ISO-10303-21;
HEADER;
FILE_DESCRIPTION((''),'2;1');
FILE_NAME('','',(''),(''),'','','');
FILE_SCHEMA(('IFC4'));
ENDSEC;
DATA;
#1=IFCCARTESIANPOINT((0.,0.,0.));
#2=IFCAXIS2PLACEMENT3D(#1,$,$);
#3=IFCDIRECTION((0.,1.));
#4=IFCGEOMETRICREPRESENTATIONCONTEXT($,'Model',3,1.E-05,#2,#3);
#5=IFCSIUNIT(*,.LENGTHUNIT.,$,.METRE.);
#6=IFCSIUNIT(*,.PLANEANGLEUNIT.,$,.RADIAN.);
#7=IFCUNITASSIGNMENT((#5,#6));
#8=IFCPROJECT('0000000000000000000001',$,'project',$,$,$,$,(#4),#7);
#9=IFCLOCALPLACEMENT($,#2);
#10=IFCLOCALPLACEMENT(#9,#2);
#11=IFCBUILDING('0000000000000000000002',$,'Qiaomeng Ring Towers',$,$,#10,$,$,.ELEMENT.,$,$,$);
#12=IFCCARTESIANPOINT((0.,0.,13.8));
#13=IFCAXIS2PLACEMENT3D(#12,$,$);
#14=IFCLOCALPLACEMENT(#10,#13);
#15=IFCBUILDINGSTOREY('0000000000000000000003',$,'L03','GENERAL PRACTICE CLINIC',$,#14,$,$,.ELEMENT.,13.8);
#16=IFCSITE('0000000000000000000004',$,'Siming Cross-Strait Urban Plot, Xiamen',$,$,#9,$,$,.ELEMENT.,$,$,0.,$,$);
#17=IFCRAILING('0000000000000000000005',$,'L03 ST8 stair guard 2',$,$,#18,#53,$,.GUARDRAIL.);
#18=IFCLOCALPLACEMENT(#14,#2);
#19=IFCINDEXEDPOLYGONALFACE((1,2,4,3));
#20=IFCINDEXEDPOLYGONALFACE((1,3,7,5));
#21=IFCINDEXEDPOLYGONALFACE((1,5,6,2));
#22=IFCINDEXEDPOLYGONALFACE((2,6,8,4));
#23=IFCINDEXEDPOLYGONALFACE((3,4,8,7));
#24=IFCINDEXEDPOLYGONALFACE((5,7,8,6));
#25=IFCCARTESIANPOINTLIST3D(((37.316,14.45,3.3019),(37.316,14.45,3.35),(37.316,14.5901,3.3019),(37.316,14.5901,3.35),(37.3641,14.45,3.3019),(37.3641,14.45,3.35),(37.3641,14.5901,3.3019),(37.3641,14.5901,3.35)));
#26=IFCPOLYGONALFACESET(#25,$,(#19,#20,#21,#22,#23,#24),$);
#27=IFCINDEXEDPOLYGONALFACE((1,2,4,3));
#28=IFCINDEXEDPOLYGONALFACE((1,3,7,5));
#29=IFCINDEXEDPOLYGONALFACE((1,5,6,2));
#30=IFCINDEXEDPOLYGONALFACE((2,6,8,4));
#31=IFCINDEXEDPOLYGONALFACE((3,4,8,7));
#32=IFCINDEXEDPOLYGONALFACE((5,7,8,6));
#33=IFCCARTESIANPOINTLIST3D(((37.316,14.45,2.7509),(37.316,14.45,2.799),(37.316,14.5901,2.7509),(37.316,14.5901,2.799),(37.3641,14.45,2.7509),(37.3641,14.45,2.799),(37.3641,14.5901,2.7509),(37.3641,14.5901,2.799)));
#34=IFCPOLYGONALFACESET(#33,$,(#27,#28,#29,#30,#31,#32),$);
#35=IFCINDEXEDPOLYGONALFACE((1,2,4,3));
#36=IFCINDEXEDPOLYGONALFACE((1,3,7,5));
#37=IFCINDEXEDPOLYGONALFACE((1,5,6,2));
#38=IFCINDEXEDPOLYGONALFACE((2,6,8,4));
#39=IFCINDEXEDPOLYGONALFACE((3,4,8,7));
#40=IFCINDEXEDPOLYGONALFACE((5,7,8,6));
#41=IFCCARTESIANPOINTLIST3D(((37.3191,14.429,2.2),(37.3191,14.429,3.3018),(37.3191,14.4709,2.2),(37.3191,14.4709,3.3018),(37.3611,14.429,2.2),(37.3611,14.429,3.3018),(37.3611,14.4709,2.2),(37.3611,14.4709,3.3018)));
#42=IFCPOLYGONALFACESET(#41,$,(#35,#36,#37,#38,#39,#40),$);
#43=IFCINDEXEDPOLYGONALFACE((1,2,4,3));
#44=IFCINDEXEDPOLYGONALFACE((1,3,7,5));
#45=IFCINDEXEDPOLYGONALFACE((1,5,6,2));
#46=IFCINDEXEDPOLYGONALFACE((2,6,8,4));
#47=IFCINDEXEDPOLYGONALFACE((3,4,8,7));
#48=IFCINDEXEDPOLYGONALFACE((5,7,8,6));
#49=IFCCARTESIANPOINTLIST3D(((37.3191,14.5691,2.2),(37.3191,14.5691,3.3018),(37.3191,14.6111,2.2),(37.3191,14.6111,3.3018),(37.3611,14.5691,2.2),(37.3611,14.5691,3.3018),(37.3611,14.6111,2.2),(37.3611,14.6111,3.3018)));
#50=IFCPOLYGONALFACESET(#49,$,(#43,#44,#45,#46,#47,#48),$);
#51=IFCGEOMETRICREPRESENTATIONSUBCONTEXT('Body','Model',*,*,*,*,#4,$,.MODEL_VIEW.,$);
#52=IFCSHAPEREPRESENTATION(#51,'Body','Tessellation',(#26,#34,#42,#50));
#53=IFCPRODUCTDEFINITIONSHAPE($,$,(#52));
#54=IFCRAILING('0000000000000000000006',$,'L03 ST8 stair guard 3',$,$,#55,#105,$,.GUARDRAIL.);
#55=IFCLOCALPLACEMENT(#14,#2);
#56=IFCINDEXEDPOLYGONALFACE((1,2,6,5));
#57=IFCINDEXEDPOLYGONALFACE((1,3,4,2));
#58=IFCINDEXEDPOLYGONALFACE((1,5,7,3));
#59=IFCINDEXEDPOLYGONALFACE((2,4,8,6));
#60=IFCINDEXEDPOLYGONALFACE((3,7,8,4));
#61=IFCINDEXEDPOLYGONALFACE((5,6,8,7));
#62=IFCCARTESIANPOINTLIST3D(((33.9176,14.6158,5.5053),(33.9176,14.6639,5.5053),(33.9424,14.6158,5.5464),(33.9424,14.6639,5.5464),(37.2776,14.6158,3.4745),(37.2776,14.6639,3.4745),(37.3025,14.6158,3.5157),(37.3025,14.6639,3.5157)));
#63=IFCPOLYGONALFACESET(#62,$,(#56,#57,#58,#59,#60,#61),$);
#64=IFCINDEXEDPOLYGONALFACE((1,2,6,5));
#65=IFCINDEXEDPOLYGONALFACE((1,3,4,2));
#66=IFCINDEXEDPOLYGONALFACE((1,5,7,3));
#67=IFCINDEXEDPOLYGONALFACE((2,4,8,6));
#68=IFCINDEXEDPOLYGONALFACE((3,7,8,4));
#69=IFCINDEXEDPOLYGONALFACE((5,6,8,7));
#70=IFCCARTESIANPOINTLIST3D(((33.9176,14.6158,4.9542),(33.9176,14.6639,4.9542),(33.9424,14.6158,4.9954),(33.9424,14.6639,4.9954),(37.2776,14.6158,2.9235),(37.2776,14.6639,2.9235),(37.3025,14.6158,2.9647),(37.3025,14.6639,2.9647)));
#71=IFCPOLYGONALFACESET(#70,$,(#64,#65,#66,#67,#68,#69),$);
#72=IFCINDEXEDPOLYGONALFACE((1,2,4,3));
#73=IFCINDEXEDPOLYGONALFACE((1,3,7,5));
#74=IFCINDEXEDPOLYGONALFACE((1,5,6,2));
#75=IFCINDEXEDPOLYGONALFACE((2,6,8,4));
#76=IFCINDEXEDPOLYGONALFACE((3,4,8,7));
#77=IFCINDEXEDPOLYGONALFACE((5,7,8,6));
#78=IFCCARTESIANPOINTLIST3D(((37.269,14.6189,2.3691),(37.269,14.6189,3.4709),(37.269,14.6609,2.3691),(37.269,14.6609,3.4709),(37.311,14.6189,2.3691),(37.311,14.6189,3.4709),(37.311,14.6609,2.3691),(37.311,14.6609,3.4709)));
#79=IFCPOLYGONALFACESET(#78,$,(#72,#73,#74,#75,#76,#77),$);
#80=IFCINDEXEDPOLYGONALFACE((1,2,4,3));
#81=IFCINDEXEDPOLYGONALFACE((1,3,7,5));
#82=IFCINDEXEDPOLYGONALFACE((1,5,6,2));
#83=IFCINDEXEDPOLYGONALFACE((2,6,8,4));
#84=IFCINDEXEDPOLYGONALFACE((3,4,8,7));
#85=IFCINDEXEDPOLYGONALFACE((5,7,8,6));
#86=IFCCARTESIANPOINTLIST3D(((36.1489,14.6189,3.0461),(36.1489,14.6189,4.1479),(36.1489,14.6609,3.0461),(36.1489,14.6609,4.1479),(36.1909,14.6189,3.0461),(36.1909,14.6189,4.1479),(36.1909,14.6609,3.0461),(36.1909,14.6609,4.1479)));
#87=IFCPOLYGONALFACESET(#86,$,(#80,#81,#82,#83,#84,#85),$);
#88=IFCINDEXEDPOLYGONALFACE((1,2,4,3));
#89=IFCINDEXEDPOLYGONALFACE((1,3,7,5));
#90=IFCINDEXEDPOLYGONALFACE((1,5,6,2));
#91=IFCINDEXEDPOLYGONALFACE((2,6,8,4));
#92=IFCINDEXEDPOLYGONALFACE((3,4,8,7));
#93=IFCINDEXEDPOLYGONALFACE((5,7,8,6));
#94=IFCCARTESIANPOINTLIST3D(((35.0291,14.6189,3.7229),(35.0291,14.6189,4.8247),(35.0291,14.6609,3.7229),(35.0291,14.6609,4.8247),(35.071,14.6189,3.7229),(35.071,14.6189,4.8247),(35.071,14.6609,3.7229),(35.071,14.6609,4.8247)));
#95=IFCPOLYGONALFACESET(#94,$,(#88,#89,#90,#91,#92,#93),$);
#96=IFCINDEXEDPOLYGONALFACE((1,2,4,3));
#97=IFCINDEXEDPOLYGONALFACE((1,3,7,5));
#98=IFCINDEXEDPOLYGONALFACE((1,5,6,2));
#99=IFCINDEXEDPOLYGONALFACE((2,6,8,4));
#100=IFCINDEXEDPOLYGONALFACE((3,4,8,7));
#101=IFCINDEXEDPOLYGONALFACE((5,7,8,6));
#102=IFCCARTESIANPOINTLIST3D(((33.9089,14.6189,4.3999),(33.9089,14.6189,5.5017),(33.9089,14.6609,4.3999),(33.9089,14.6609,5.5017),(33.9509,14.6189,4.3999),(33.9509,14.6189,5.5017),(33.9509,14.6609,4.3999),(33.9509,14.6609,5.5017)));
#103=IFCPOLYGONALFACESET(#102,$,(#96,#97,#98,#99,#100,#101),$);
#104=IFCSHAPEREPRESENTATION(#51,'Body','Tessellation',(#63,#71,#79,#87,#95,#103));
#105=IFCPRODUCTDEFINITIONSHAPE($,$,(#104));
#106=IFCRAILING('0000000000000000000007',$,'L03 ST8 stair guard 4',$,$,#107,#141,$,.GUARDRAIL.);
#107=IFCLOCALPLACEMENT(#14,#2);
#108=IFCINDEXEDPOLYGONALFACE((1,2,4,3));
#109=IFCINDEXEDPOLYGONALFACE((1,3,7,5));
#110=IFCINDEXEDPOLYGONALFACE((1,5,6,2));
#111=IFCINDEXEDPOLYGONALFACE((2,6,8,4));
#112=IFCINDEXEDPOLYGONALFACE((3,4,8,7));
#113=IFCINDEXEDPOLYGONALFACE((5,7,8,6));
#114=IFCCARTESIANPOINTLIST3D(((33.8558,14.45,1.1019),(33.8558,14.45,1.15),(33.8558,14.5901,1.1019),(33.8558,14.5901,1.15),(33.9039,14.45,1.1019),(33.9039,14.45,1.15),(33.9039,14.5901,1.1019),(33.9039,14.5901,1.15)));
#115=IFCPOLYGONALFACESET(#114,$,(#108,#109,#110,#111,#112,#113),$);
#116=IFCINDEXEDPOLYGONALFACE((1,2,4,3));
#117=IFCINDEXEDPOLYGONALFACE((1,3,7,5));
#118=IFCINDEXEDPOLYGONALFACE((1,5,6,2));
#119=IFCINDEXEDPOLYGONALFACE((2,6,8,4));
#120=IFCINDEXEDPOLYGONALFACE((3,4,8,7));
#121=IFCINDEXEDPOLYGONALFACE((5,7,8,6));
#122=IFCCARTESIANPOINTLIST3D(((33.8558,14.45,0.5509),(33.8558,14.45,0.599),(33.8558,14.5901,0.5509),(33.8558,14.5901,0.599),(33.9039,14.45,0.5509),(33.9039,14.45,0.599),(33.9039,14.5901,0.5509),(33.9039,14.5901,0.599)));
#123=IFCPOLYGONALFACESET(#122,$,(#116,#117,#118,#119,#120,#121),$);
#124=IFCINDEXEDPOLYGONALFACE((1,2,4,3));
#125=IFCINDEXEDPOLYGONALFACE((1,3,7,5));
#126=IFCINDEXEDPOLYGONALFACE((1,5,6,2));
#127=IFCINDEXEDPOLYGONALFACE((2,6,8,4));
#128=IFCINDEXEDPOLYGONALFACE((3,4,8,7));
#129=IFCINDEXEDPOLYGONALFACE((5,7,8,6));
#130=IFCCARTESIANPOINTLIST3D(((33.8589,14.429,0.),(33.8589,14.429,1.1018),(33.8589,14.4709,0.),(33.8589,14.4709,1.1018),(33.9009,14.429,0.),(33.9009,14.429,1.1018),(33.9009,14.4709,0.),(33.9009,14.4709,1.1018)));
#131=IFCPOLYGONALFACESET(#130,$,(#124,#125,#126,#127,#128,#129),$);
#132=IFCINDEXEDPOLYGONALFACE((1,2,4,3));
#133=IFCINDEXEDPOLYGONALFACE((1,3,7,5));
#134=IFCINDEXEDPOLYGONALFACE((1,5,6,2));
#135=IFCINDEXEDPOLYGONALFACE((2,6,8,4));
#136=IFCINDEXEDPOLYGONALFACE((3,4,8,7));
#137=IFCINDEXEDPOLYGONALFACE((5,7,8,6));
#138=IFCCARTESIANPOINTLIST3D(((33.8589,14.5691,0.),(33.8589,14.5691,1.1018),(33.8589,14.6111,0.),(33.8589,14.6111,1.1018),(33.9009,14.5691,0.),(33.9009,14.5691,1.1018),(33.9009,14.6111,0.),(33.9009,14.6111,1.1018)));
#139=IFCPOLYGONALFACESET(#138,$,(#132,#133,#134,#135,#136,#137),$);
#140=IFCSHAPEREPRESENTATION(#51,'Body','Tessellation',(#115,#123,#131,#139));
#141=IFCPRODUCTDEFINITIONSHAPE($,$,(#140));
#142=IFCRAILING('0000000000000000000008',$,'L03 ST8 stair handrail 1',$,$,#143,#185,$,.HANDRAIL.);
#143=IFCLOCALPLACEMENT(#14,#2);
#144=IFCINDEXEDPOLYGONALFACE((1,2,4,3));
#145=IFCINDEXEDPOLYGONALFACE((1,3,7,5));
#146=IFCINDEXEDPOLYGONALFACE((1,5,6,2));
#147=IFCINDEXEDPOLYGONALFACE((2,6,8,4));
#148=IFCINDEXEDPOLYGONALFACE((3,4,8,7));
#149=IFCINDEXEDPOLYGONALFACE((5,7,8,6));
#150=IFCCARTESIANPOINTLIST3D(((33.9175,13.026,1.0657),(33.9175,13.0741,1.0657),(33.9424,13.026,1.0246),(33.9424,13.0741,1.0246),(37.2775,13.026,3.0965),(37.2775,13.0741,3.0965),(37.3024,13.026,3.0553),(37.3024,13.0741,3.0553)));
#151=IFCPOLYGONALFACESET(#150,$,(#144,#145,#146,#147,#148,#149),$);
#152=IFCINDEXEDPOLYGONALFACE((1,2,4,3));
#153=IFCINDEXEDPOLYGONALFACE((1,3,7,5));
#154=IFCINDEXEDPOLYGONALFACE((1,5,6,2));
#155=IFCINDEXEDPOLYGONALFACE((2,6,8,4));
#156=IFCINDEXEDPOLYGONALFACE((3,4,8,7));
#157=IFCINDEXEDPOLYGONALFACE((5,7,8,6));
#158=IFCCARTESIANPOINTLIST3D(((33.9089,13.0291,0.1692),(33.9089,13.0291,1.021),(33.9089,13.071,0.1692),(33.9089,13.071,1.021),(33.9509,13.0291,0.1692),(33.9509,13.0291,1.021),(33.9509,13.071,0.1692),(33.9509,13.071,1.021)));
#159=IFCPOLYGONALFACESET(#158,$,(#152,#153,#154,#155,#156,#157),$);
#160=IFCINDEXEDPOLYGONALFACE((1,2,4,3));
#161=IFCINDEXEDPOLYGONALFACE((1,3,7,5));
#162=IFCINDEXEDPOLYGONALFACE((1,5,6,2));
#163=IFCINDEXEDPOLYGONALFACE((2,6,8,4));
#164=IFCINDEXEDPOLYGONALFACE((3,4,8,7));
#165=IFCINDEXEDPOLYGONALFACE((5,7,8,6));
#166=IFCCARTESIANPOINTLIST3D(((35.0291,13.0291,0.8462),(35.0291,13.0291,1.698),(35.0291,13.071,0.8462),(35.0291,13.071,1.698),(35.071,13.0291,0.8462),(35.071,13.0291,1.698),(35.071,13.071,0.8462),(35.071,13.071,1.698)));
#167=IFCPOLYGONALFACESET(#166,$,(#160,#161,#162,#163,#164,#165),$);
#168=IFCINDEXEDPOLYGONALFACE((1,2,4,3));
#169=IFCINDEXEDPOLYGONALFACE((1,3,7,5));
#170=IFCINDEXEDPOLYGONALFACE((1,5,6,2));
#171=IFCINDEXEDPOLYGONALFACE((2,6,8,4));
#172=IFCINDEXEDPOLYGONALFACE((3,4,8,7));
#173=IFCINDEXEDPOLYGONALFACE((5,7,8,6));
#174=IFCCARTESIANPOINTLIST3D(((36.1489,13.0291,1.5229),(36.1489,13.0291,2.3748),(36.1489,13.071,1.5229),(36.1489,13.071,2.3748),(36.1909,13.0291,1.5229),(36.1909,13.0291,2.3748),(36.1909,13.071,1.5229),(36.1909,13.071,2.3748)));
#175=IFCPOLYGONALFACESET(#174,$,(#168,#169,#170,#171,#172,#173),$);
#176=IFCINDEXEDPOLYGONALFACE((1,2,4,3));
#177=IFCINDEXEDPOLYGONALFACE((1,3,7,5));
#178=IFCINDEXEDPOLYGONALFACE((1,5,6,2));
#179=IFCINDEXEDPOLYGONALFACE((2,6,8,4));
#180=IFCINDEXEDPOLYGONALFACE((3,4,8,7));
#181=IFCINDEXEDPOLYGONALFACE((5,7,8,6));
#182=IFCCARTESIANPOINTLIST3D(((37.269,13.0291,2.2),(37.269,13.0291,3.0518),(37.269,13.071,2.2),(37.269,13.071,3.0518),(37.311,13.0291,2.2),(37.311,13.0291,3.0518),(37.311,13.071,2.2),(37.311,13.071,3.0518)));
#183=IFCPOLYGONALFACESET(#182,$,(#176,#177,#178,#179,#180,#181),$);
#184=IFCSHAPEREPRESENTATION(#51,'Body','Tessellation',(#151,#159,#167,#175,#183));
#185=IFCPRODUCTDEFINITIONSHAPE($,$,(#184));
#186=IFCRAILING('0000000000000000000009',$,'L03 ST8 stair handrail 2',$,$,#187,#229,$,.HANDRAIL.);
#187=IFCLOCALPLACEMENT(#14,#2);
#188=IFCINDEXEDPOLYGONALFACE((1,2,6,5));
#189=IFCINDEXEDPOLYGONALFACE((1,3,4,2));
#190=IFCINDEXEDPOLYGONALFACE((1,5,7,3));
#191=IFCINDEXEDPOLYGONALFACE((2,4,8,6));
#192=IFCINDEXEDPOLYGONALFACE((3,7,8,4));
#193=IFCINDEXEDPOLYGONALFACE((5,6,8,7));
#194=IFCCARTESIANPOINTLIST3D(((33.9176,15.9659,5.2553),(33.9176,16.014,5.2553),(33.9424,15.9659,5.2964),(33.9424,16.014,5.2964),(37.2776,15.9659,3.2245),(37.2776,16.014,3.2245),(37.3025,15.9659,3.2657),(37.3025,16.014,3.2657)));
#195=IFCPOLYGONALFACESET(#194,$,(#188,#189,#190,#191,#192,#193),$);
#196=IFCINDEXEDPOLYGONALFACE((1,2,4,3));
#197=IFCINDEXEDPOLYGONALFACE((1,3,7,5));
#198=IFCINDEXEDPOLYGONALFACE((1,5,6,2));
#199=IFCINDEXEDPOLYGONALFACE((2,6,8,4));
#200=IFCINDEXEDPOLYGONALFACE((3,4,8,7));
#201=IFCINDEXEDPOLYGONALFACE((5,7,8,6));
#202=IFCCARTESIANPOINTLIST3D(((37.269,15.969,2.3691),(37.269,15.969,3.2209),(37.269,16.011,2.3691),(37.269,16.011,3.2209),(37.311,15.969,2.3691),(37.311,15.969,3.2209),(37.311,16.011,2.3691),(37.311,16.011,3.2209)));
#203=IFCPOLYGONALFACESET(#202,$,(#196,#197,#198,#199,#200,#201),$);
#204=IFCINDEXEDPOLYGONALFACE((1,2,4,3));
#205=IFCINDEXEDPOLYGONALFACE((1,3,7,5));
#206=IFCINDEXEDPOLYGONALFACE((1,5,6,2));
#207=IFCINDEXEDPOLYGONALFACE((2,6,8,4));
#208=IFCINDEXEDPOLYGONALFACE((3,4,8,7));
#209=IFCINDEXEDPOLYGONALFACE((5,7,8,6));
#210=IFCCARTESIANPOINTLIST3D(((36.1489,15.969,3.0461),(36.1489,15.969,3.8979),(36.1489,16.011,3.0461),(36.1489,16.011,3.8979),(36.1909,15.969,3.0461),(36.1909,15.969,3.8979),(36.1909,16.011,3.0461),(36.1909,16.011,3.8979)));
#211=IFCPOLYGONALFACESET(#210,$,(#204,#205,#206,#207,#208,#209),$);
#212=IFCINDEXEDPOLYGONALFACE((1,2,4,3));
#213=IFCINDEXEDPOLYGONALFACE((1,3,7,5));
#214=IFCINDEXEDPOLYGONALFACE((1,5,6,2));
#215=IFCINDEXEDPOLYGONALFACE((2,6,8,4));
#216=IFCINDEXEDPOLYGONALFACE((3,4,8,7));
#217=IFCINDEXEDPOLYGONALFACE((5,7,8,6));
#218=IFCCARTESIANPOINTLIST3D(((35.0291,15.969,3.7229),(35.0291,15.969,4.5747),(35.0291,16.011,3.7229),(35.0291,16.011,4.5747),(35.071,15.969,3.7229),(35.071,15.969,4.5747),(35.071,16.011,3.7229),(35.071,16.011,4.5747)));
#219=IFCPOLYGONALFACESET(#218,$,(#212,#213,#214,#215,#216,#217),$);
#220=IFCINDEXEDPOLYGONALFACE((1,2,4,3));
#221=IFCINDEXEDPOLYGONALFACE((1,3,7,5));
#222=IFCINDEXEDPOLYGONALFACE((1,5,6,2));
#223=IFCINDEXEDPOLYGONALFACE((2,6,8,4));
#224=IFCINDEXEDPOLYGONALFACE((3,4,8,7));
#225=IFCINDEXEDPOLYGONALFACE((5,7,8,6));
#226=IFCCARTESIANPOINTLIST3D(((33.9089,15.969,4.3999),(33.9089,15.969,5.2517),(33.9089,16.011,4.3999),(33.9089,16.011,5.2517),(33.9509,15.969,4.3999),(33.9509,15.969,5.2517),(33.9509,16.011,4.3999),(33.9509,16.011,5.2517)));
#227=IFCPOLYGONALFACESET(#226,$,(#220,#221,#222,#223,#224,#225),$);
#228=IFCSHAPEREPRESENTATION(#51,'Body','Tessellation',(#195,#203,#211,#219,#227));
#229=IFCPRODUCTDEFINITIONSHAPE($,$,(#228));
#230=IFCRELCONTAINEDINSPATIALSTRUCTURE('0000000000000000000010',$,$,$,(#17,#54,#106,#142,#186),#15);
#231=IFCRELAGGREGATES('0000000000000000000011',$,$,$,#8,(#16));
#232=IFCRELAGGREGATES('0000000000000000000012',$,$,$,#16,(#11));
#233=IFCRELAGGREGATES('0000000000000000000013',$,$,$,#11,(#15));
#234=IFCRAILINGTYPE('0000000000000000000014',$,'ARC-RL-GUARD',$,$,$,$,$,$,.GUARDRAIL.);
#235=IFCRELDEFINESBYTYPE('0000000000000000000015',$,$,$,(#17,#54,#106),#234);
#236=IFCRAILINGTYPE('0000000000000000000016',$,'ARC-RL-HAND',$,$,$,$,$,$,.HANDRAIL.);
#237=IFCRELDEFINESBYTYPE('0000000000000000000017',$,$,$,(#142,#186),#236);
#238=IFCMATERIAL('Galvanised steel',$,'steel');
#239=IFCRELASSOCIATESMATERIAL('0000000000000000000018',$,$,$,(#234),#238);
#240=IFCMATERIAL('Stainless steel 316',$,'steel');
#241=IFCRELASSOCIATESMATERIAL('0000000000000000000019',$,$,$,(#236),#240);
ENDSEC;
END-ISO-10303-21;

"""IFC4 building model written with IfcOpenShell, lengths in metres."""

from ifc_helpers import new_model, si_unit, direction, frame, origin, origin_2d, place, context, subcontext, project, spatial, rectangle, extrude, material, type_object, element, save


model = new_model("IFC4")

# Units and contexts
model_context = context("Model", 3, precision=1e-05, world=origin(), true_north=direction((0.0, 1.0)))
body_context = subcontext(model_context, "Body", "Model", "MODEL_VIEW")
ifc_project = project(units=[si_unit("LENGTHUNIT", "METRE"), si_unit("PLANEANGLEUNIT", "RADIAN")], contexts=[model_context])

# Site, building, storey
site_placement = place(None, origin())
site = spatial("IfcSite", under=ifc_project, at=site_placement, Name="Siming Cross-Strait Urban Plot, Xiamen", CompositionType="ELEMENT", RefElevation=0.0)
building_placement = place(site_placement, origin())
building = spatial("IfcBuilding", under=site, at=building_placement, Name="Qiaomeng Ring Towers", CompositionType="ELEMENT")
storey_placement = place(building_placement, frame((0.0, 0.0, 13.8)))
storey = spatial("IfcBuildingStorey", under=building, at=storey_placement, Name="L03", Description="GENERAL PRACTICE CLINIC", CompositionType="ELEMENT", Elevation=13.8)

# Shared definitions
ifc_material_1 = material(Name="Galvanised steel", Category="steel")

# Railings
railing_type_1 = type_object("IfcRailingType", Name="ARC-RL-GUARD", PredefinedType="GUARDRAIL", material=ifc_material_1)
railing_1_placement = place(storey_placement, frame((37.3401, 14.45, 2.2)))
element("IfcRailing", 1, at=railing_1_placement, inside=storey, type_object=railing_type_1, Name="L03 ST8 stair guard 2", PredefinedType="GUARDRAIL", context=body_context, shape_type="SweptSolid", body=[
    extrude(rectangle(XDim=0.0481, YDim=0.0481, at=origin_2d()), frame((0.0, 0.0, 1.126), z_axis=(0.0, 1.0, 0.0), x_axis=(-1.0, 0.0, 0.0)), (0.0, 0.0, 1.0), 0.1401),
    extrude(rectangle(XDim=0.0481, YDim=0.0481, at=origin_2d()), frame((0.0, 0.0, 0.575), z_axis=(0.0, 1.0, 0.0), x_axis=(-1.0, 0.0, 0.0)), (0.0, 0.0, 1.0), 0.1401),
    extrude(rectangle(XDim=0.042, YDim=0.042, at=origin_2d()), origin(), (0.0, 0.0, 1.0), 1.1018),
    extrude(rectangle(XDim=0.042, YDim=0.042, at=origin_2d()), frame((0.0, 0.1401, 0.0)), (0.0, 0.0, 1.0), 1.1018),
])
railing_2_placement = place(storey_placement, frame((37.29, 14.6399, 2.3691)))
element("IfcRailing", 2, at=railing_2_placement, inside=storey, type_object=railing_type_1, Name="L03 ST8 stair guard 3", PredefinedType="GUARDRAIL", context=body_context, shape_type="SweptSolid", body=[
    extrude(rectangle(XDim=0.0481, YDim=0.0481, at=origin_2d()), frame((0.0, 0.0, 1.126), z_axis=(-0.855837, 0.0, 0.517246), x_axis=(0.0, -1.0, 0.0)), (0.0, 0.0, 1.0), 3.926),
    extrude(rectangle(XDim=0.0481, YDim=0.0481, at=origin_2d()), frame((0.0, 0.0, 0.575), z_axis=(-0.855837, 0.0, 0.517246), x_axis=(0.0, -1.0, 0.0)), (0.0, 0.0, 1.0), 3.926),
    extrude(rectangle(XDim=0.042, YDim=0.042, at=origin_2d()), origin(), (0.0, 0.0, 1.0), 1.1018),
    extrude(rectangle(XDim=0.042, YDim=0.042, at=origin_2d()), frame((-1.1201, 0.0, 0.677)), (0.0, 0.0, 1.0), 1.1018),
    extrude(rectangle(XDim=0.042, YDim=0.042, at=origin_2d()), frame((-2.24, 0.0, 1.3538)), (0.0, 0.0, 1.0), 1.1018),
    extrude(rectangle(XDim=0.042, YDim=0.042, at=origin_2d()), frame((-3.3601, 0.0, 2.0308)), (0.0, 0.0, 1.0), 1.1018),
])
railing_3_placement = place(storey_placement, frame((33.8799, 14.45, 0.0)))
element("IfcRailing", 3, at=railing_3_placement, inside=storey, type_object=railing_type_1, Name="L03 ST8 stair guard 4", PredefinedType="GUARDRAIL", context=body_context, shape_type="SweptSolid", body=[
    extrude(rectangle(XDim=0.0481, YDim=0.0481, at=origin_2d()), frame((0.0, 0.0, 1.126), z_axis=(0.0, 1.0, 0.0), x_axis=(-1.0, 0.0, 0.0)), (0.0, 0.0, 1.0), 0.1401),
    extrude(rectangle(XDim=0.0481, YDim=0.0481, at=origin_2d()), frame((0.0, 0.0, 0.575), z_axis=(0.0, 1.0, 0.0), x_axis=(-1.0, 0.0, 0.0)), (0.0, 0.0, 1.0), 0.1401),
    extrude(rectangle(XDim=0.042, YDim=0.042, at=origin_2d()), origin(), (0.0, 0.0, 1.0), 1.1018),
    extrude(rectangle(XDim=0.042, YDim=0.042, at=origin_2d()), frame((0.0, 0.1401, 0.0)), (0.0, 0.0, 1.0), 1.1018),
])
ifc_material_2 = material(Name="Stainless steel 316", Category="steel")
railing_type_2 = type_object("IfcRailingType", Name="ARC-RL-HAND", PredefinedType="HANDRAIL", material=ifc_material_2)
railing_4_placement = place(storey_placement, frame((33.9299, 13.05, 0.1692)))
element("IfcRailing", 4, at=railing_4_placement, inside=storey, type_object=railing_type_2, Name="L03 ST8 stair handrail 1", PredefinedType="HANDRAIL", context=body_context, shape_type="SweptSolid", body=[
    extrude(rectangle(XDim=0.0481, YDim=0.0481, at=origin_2d()), frame((0.0, 0.0, 0.876), z_axis=(0.855837, 0.0, 0.517246), x_axis=(0.0, 1.0, 0.0)), (0.0, 0.0, 1.0), 3.926),
    extrude(rectangle(XDim=0.042, YDim=0.042, at=origin_2d()), origin(), (0.0, 0.0, 1.0), 0.8518),
    extrude(rectangle(XDim=0.042, YDim=0.042, at=origin_2d()), frame((1.1201, 0.0, 0.677)), (0.0, 0.0, 1.0), 0.8518),
    extrude(rectangle(XDim=0.042, YDim=0.042, at=origin_2d()), frame((2.24, 0.0, 1.3538)), (0.0, 0.0, 1.0), 0.8518),
    extrude(rectangle(XDim=0.042, YDim=0.042, at=origin_2d()), frame((3.3601, 0.0, 2.0308)), (0.0, 0.0, 1.0), 0.8518),
])
railing_5_placement = place(storey_placement, frame((37.29, 15.99, 2.3691)))
element("IfcRailing", 5, at=railing_5_placement, inside=storey, type_object=railing_type_2, Name="L03 ST8 stair handrail 2", PredefinedType="HANDRAIL", context=body_context, shape_type="SweptSolid", body=[
    extrude(rectangle(XDim=0.0481, YDim=0.0481, at=origin_2d()), frame((0.0, 0.0, 0.876), z_axis=(-0.855837, 0.0, 0.517246), x_axis=(0.0, -1.0, 0.0)), (0.0, 0.0, 1.0), 3.926),
    extrude(rectangle(XDim=0.042, YDim=0.042, at=origin_2d()), origin(), (0.0, 0.0, 1.0), 0.8518),
    extrude(rectangle(XDim=0.042, YDim=0.042, at=origin_2d()), frame((-1.1201, 0.0, 0.677)), (0.0, 0.0, 1.0), 0.8518),
    extrude(rectangle(XDim=0.042, YDim=0.042, at=origin_2d()), frame((-2.24, 0.0, 1.3538)), (0.0, 0.0, 1.0), 0.8518),
    extrude(rectangle(XDim=0.042, YDim=0.042, at=origin_2d()), frame((-3.3601, 0.0, 2.0308)), (0.0, 0.0, 1.0), 0.8518),
])

save(model, "model.ifc")
